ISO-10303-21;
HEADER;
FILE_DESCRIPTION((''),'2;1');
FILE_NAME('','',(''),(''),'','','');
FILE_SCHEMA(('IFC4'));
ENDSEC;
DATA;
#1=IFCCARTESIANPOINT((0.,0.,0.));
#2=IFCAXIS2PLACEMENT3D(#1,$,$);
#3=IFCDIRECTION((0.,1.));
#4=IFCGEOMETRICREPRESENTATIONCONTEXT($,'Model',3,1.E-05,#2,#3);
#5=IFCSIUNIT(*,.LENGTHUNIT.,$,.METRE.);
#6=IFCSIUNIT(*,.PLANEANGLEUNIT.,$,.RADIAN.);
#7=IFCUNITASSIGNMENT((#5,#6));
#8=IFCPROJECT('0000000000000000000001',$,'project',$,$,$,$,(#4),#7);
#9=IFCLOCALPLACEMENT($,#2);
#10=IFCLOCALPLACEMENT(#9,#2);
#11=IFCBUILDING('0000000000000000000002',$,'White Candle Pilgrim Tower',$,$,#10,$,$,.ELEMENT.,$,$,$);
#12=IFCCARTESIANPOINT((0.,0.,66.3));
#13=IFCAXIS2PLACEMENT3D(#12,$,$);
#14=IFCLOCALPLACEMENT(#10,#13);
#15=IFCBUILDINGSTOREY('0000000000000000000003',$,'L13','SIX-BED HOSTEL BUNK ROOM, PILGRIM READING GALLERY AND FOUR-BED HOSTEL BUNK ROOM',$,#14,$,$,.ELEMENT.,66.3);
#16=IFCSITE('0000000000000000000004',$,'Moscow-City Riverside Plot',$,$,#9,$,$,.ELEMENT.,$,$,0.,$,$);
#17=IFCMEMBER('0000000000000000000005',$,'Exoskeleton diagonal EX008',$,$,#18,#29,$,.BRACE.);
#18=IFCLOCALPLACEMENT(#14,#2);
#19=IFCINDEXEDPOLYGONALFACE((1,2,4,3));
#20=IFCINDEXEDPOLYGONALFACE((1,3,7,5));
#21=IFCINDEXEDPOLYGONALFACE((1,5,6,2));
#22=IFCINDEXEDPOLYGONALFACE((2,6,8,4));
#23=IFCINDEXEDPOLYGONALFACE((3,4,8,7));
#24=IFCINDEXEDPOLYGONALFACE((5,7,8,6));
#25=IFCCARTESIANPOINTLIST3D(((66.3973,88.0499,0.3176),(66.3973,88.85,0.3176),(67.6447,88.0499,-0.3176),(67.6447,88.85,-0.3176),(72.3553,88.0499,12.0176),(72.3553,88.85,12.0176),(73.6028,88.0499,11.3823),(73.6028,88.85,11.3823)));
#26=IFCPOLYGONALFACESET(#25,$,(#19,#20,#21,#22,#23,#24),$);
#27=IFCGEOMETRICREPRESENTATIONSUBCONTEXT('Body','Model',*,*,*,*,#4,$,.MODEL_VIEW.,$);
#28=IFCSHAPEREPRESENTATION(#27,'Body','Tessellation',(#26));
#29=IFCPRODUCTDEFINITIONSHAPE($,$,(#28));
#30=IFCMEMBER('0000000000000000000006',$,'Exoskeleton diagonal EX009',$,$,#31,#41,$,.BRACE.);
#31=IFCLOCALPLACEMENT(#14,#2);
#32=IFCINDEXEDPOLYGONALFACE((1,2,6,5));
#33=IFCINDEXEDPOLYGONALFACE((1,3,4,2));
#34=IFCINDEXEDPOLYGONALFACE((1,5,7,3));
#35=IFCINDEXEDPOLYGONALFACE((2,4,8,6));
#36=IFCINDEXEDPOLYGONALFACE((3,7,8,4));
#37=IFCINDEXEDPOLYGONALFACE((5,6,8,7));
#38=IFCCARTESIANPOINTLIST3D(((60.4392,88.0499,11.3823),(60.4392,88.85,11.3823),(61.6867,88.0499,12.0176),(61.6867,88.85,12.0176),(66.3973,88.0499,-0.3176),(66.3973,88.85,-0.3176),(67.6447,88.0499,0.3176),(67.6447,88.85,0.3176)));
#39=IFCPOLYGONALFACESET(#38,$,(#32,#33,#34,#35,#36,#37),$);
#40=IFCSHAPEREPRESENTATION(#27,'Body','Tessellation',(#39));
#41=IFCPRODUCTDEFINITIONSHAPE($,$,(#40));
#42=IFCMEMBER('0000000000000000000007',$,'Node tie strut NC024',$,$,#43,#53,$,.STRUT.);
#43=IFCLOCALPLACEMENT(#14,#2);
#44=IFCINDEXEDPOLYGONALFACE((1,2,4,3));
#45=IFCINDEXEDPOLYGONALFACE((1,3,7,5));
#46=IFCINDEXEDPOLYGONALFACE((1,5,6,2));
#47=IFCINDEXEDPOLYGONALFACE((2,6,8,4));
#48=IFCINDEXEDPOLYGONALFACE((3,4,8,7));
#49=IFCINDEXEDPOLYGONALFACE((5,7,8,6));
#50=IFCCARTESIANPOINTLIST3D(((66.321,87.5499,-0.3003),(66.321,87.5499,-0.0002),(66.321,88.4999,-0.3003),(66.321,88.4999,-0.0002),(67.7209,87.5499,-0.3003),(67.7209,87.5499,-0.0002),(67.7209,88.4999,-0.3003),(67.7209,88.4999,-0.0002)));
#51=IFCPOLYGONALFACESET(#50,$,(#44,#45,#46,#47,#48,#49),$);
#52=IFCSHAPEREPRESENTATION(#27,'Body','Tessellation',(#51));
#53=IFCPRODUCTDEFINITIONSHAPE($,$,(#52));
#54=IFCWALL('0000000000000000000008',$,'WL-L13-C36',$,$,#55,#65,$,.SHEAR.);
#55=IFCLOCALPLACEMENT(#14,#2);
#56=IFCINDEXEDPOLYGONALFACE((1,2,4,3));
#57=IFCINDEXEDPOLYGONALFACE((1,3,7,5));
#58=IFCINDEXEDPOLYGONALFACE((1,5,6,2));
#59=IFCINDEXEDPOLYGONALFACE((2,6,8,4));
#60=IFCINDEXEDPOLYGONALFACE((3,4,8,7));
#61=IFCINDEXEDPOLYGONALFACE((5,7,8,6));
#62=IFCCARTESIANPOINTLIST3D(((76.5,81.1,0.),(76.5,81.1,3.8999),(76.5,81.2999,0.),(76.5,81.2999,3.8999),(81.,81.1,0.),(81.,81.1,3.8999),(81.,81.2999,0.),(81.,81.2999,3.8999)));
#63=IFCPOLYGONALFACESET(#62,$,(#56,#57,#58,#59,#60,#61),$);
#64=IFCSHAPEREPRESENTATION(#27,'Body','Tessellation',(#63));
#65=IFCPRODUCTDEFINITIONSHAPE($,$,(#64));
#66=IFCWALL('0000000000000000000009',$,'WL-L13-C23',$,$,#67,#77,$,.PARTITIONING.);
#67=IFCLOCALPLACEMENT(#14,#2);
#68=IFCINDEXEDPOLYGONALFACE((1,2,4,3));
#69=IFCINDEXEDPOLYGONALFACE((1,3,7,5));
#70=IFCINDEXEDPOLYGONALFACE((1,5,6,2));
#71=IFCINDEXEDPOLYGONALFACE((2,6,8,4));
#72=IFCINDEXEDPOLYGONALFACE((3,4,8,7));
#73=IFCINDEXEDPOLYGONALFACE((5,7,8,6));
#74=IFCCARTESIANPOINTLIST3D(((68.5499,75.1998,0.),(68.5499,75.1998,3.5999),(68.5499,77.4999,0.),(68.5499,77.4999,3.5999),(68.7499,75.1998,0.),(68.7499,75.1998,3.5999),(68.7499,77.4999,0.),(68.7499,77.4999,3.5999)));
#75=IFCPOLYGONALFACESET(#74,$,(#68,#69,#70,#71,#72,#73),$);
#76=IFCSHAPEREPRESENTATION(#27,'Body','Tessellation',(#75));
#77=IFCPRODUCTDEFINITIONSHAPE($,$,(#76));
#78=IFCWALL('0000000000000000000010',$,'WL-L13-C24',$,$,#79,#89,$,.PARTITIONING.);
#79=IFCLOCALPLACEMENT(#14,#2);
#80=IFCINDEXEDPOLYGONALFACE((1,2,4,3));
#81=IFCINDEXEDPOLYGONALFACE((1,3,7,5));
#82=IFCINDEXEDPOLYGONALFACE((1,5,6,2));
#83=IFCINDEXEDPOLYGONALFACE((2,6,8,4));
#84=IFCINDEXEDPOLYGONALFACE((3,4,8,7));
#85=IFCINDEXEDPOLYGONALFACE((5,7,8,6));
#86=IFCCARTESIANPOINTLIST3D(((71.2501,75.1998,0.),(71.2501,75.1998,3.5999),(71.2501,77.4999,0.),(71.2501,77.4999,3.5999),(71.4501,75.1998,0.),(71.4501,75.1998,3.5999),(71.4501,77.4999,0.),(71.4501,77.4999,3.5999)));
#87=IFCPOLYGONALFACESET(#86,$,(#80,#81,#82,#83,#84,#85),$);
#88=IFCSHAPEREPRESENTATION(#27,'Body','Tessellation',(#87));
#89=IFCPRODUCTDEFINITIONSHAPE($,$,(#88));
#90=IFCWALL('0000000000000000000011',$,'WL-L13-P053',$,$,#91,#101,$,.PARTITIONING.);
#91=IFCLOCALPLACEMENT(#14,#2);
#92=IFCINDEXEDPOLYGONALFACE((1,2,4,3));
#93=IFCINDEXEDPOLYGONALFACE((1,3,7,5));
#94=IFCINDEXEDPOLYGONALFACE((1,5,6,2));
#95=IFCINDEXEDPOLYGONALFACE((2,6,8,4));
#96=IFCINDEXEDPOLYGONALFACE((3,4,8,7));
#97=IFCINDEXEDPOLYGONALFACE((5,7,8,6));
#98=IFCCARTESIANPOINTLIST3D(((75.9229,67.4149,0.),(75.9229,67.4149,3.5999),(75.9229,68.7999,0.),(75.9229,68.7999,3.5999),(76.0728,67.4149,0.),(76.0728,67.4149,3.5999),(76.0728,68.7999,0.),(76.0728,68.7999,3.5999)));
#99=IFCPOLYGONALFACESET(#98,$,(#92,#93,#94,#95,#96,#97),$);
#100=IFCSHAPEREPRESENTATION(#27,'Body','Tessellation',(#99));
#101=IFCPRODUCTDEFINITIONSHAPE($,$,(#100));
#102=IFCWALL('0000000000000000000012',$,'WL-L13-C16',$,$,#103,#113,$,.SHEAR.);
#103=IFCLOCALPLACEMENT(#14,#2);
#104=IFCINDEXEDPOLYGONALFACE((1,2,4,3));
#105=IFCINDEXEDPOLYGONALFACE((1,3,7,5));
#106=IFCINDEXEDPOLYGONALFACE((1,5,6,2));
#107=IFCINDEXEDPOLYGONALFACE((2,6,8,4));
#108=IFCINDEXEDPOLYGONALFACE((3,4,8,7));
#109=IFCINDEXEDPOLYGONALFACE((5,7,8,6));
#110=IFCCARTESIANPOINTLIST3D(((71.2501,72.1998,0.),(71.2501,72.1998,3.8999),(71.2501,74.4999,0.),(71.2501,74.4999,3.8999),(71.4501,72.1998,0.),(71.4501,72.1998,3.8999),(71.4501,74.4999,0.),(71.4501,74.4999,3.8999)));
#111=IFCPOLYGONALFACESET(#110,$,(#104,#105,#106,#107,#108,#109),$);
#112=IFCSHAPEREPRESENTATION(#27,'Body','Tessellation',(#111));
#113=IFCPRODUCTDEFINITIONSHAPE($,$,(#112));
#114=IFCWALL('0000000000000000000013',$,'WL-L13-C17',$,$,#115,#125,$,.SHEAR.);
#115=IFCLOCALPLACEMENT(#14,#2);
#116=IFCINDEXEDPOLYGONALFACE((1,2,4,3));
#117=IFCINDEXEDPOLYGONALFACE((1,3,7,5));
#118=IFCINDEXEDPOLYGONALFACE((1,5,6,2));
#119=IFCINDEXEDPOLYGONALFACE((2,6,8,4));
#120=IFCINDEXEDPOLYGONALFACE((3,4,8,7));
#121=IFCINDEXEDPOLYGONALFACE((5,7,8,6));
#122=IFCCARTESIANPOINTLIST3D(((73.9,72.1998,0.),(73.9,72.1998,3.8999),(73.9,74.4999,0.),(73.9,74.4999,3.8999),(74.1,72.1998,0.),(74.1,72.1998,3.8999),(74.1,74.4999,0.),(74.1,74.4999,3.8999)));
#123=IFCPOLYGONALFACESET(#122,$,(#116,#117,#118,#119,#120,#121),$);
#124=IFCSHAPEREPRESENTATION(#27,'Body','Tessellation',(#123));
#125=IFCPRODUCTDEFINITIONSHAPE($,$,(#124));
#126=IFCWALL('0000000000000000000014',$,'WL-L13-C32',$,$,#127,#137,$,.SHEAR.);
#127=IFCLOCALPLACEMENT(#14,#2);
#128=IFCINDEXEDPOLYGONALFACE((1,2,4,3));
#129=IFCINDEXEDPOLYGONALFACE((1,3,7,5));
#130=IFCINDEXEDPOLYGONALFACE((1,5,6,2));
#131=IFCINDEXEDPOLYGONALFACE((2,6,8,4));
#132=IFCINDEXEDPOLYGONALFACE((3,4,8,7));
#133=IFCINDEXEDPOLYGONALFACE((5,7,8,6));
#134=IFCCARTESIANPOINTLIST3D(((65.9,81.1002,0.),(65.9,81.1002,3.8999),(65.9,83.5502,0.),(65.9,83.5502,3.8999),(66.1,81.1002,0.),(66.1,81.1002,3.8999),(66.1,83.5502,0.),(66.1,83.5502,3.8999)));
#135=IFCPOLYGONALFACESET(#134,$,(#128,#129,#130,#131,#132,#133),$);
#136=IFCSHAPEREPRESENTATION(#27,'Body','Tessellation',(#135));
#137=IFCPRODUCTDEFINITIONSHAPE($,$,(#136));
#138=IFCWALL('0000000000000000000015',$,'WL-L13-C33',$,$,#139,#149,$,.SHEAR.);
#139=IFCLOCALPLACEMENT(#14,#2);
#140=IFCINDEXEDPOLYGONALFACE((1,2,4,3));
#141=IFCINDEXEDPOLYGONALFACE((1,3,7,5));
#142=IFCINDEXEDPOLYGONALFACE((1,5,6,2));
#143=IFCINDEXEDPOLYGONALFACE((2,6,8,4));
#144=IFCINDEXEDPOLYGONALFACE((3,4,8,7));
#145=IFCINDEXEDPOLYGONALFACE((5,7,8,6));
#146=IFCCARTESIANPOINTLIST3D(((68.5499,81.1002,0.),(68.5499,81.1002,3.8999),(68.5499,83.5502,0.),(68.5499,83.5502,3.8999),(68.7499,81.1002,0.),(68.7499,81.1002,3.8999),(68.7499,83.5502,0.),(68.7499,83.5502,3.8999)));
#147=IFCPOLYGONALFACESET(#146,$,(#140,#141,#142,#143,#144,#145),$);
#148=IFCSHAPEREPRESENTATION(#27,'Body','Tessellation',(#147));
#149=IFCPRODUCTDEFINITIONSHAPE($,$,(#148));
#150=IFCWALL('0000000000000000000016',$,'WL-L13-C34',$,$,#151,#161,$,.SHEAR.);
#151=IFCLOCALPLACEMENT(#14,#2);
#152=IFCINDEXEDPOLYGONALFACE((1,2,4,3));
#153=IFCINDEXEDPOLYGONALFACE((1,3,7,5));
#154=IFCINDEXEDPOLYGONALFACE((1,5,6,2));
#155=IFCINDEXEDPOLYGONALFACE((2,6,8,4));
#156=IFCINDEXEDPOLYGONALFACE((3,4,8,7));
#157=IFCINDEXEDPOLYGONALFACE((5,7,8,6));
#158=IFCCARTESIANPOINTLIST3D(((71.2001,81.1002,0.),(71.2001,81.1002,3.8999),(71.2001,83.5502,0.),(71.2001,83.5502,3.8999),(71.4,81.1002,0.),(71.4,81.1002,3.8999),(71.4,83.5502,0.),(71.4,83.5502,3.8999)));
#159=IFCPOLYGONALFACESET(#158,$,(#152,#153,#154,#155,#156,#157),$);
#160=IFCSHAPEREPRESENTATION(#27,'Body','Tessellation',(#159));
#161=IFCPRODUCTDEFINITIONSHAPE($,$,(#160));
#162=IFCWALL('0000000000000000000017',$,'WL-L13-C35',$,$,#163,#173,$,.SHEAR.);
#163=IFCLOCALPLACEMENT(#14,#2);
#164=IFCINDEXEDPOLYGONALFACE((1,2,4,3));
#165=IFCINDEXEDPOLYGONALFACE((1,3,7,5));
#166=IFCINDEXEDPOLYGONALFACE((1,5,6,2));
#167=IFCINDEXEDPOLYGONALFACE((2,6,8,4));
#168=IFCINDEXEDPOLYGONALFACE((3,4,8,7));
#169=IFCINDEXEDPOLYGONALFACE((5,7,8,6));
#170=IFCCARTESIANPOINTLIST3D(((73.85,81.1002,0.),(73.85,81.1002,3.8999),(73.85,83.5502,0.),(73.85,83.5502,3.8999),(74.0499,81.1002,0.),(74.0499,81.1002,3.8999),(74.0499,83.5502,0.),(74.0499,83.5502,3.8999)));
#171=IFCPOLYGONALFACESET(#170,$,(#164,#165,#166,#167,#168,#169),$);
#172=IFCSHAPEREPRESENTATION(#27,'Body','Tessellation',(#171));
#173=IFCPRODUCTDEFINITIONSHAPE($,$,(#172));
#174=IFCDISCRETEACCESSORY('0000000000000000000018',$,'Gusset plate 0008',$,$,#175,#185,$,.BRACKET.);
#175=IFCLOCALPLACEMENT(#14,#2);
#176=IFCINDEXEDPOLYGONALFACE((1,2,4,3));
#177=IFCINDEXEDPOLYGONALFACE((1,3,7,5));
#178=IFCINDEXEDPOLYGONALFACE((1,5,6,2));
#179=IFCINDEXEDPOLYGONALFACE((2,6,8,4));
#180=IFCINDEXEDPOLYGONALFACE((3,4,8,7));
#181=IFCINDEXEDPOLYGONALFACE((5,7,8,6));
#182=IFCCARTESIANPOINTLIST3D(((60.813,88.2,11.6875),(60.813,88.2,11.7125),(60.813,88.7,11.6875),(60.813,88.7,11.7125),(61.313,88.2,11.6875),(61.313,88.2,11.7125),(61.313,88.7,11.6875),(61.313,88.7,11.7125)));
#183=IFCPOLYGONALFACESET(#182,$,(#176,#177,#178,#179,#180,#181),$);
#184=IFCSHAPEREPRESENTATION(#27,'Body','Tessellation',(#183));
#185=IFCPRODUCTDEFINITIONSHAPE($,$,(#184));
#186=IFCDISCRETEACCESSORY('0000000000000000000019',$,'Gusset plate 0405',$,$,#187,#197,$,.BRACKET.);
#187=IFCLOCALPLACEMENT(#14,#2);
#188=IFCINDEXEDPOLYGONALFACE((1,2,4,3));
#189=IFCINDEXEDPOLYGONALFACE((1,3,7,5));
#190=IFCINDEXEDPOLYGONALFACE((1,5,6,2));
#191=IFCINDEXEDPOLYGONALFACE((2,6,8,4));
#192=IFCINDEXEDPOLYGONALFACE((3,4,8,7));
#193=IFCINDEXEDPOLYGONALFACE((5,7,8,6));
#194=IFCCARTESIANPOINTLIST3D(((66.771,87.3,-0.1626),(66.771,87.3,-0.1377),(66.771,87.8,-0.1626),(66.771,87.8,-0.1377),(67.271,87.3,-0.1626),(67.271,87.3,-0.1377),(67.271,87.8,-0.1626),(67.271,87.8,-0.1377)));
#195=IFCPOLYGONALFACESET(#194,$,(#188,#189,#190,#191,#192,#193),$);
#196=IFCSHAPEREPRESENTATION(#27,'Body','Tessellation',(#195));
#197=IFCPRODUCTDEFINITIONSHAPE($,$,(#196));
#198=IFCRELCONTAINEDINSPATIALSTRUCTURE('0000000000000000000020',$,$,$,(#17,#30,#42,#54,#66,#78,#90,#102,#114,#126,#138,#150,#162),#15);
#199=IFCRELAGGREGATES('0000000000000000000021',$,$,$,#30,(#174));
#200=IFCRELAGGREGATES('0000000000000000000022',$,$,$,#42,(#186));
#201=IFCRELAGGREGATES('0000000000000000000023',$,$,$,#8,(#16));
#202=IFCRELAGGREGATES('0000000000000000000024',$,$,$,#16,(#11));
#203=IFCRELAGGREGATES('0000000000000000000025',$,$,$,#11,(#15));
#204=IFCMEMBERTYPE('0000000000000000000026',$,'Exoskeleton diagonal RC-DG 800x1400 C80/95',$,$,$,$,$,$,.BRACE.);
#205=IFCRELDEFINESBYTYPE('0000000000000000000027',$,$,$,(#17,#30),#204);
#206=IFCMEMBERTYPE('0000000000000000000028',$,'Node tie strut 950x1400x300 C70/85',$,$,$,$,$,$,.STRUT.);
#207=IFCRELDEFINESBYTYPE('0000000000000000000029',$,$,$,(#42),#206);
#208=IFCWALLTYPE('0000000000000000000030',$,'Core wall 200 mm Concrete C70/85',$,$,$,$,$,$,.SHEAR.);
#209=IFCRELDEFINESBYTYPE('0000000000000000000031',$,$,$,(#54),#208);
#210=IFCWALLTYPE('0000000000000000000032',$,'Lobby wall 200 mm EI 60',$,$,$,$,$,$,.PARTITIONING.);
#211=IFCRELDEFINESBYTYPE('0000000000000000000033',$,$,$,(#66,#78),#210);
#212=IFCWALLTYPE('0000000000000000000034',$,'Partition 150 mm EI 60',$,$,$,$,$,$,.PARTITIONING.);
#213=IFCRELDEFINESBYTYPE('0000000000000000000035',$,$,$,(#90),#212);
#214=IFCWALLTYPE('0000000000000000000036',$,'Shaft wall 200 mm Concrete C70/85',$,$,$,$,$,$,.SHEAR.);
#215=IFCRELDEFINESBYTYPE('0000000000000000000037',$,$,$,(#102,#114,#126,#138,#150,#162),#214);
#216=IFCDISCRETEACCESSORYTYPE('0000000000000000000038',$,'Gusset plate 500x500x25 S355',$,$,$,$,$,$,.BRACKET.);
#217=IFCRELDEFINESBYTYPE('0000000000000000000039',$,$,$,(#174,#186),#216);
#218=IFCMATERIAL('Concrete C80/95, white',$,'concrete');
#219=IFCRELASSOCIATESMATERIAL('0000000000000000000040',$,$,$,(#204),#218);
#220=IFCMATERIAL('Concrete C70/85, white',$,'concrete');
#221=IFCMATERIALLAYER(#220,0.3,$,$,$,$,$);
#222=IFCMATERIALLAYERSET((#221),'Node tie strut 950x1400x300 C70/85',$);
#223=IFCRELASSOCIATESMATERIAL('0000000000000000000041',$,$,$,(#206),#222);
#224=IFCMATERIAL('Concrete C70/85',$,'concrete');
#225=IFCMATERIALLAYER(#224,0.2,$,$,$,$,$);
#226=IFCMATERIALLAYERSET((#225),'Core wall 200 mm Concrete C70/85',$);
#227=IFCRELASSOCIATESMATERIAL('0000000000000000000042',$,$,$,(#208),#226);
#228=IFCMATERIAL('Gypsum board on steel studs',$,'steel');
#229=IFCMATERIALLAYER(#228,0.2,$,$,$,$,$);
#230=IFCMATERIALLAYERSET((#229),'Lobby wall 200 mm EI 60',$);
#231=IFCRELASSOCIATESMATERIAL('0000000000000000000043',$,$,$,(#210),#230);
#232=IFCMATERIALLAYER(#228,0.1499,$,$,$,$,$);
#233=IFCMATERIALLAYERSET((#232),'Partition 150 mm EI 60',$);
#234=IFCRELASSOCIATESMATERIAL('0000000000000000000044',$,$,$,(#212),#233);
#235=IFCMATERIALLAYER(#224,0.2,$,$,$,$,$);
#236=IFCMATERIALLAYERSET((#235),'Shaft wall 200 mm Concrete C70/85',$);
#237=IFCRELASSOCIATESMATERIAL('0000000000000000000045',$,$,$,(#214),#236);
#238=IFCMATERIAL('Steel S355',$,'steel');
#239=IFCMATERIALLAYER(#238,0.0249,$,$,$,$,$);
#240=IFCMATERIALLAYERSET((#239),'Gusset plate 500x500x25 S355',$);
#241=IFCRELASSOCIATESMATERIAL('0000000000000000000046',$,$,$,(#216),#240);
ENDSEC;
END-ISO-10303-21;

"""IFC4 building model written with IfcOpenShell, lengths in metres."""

from ifc_helpers import new_model, si_unit, direction, frame, frame_2d, origin, origin_2d, place, context, subcontext, project, spatial, rectangle, extrude, material, layer, layer_set, material_profile, profile_set, type_object, element, aggregate, save


model = new_model("IFC4")

# Units and contexts
model_context = context("Model", 3, precision=1e-05, world=origin(), true_north=direction((0.0, 1.0)))
body_context = subcontext(model_context, "Body", "Model", "MODEL_VIEW")
ifc_project = project(units=[si_unit("LENGTHUNIT", "METRE"), si_unit("PLANEANGLEUNIT", "RADIAN")], contexts=[model_context])

# Site, building, storey
site_placement = place(None, origin())
site = spatial("IfcSite", under=ifc_project, at=site_placement, Name="Moscow-City Riverside Plot", CompositionType="ELEMENT", RefElevation=0.0)
building_placement = place(site_placement, origin())
building = spatial("IfcBuilding", under=site, at=building_placement, Name="White Candle Pilgrim Tower", CompositionType="ELEMENT")
storey_placement = place(building_placement, frame((0.0, 0.0, 66.3)))
storey = spatial("IfcBuildingStorey", under=building, at=storey_placement, Name="L13", Description="SIX-BED HOSTEL BUNK ROOM, PILGRIM READING GALLERY AND FOUR-BED HOSTEL BUNK ROOM", CompositionType="ELEMENT", Elevation=66.3)

# Members
ifc_material_1 = material(Name="Concrete C80/95, white", Category="concrete")
ifc_material_profile = material_profile(ifc_material_1, rectangle(XDim=0.8, YDim=1.3999, at=origin_2d()), Name="RC-DG 800x1400")
ifc_profile_set = profile_set([ifc_material_profile], Name="Concrete C80/95, white")
member_type_1 = type_object("IfcMemberType", Name="Exoskeleton diagonal RC-DG 800x1400 C80/95", PredefinedType="BRACE", material=ifc_profile_set)
member_1_placement = place(storey_placement, frame((67.021, 88.45, 0.0), z_axis=(0.453784, 0.0, 0.891112), x_axis=(0.0, 1.0, 0.0)))
element("IfcMember", 1, at=member_1_placement, inside=storey, type_object=member_type_1, Name="Exoskeleton diagonal EX008", PredefinedType="BRACE", context=body_context, shape_type="SweptSolid", body=[
    extrude(rectangle(XDim=0.8, YDim=1.3999, at=origin_2d()), origin(), (0.0, 0.0, 1.0), 13.1296),
])
member_2_placement = place(storey_placement, frame((67.021, 88.45, 0.0), z_axis=(-0.453784, 0.0, 0.891112), x_axis=(0.0, -1.0, 0.0)))
member_2 = element("IfcMember", 2, at=member_2_placement, inside=storey, type_object=member_type_1, Name="Exoskeleton diagonal EX009", PredefinedType="BRACE", context=body_context, shape_type="SweptSolid", body=[
    extrude(rectangle(XDim=0.8, YDim=1.3999, at=origin_2d()), origin(), (0.0, 0.0, 1.0), 13.1296),
])
ifc_material_2 = material(Name="Concrete C70/85, white", Category="concrete")
ifc_layer_1 = layer(ifc_material_2, 0.3)
ifc_layer_set_1 = layer_set([ifc_layer_1], Name="Node tie strut 950x1400x300 C70/85")
member_type_2 = type_object("IfcMemberType", Name="Node tie strut 950x1400x300 C70/85", PredefinedType="STRUT", material=ifc_layer_set_1)
member_3_placement = place(storey_placement, frame((67.021, 88.0249, -0.3003), z_axis=(0.0, 0.0, 1.0), x_axis=(-1.0, 0.0, 0.0)))
member_3 = element("IfcMember", 3, at=member_3_placement, inside=storey, type_object=member_type_2, Name="Node tie strut NC024", PredefinedType="STRUT", context=body_context, shape_type="SweptSolid", body=[
    extrude(rectangle(XDim=1.3999, YDim=0.95, at=origin_2d()), origin(), (0.0, 0.0, 1.0), 0.3),
])

# Walls
ifc_material_3 = material(Name="Concrete C70/85", Category="concrete")
ifc_layer_2 = layer(ifc_material_3, 0.2)
ifc_layer_set_2 = layer_set([ifc_layer_2], Name="Core wall 200 mm Concrete C70/85")
wall_type_1 = type_object("IfcWallType", Name="Core wall 200 mm Concrete C70/85", PredefinedType="SHEAR", material=ifc_layer_set_2)
wall_1_placement = place(storey_placement, frame((76.5, 81.2, 0.0), z_axis=(0.0, 0.0, 1.0), x_axis=(1.0, 0.0, 0.0)))
element("IfcWall", 4, at=wall_1_placement, inside=storey, type_object=wall_type_1, Name="WL-L13-C36", PredefinedType="SHEAR", context=body_context, shape_type="SweptSolid", body=[
    extrude(rectangle(XDim=4.5, YDim=0.2, at=frame_2d((2.25, 0.0))), origin(), (0.0, 0.0, 1.0), 3.8999),
])
ifc_material_4 = material(Name="Gypsum board on steel studs", Category="steel")
ifc_layer_3 = layer(ifc_material_4, 0.2)
ifc_layer_set_3 = layer_set([ifc_layer_3], Name="Lobby wall 200 mm EI 60")
wall_type_2 = type_object("IfcWallType", Name="Lobby wall 200 mm EI 60", PredefinedType="PARTITIONING", material=ifc_layer_set_3)
for number, where, z_axis, x_axis, name in (
    (5, (68.6499, 75.2, 0.0), (0.0, 0.0, 1.0), (0.0, 1.0, 0.0), "WL-L13-C23"),
    (6, (71.3501, 75.2, 0.0), (0.0, 0.0, 1.0), (0.0, 1.0, 0.0), "WL-L13-C24"),
):
    element("IfcWall", number, at=place(storey_placement, frame(where, z_axis=z_axis, x_axis=x_axis)), inside=storey, type_object=wall_type_2, Name=name, PredefinedType="PARTITIONING", context=body_context, shape_type="SweptSolid", body=[
        extrude(rectangle(XDim=2.3, YDim=0.2, at=frame_2d((1.1499, 0.0))), origin(), (0.0, 0.0, 1.0), 3.5999),
    ])
ifc_layer_4 = layer(ifc_material_4, 0.1499)
ifc_layer_set_4 = layer_set([ifc_layer_4], Name="Partition 150 mm EI 60")
wall_type_3 = type_object("IfcWallType", Name="Partition 150 mm EI 60", PredefinedType="PARTITIONING", material=ifc_layer_set_4)
wall_2_placement = place(storey_placement, frame((75.9978, 67.415, 0.0), z_axis=(0.0, 0.0, 1.0), x_axis=(0.0, 1.0, 0.0)))
element("IfcWall", 7, at=wall_2_placement, inside=storey, type_object=wall_type_3, Name="WL-L13-P053", PredefinedType="PARTITIONING", context=body_context, shape_type="SweptSolid", body=[
    extrude(rectangle(XDim=1.385, YDim=0.1499, at=frame_2d((0.6924, 0.0))), origin(), (0.0, 0.0, 1.0), 3.5999),
])
ifc_layer_5 = layer(ifc_material_3, 0.2)
ifc_layer_set_5 = layer_set([ifc_layer_5], Name="Shaft wall 200 mm Concrete C70/85")
wall_type_4 = type_object("IfcWallType", Name="Shaft wall 200 mm Concrete C70/85", PredefinedType="SHEAR", material=ifc_layer_set_5)
for number, where, z_axis, x_axis, name in (
    (8, (71.3501, 72.2, 0.0), (0.0, 0.0, 1.0), (0.0, 1.0, 0.0), "WL-L13-C16"),
    (9, (74.0, 72.2, 0.0), (0.0, 0.0, 1.0), (0.0, 1.0, 0.0), "WL-L13-C17"),
):
    element("IfcWall", number, at=place(storey_placement, frame(where, z_axis=z_axis, x_axis=x_axis)), inside=storey, type_object=wall_type_4, Name=name, PredefinedType="SHEAR", context=body_context, shape_type="SweptSolid", body=[
        extrude(rectangle(XDim=2.3, YDim=0.2, at=frame_2d((1.1499, 0.0))), origin(), (0.0, 0.0, 1.0), 3.8999),
    ])
for number, where, z_axis, x_axis, name in (
    (10, (66.0, 81.1001, 0.0), (0.0, 0.0, 1.0), (0.0, 1.0, 0.0), "WL-L13-C32"),
    (11, (68.6499, 81.1001, 0.0), (0.0, 0.0, 1.0), (0.0, 1.0, 0.0), "WL-L13-C33"),
    (12, (71.3, 81.1001, 0.0), (0.0, 0.0, 1.0), (0.0, 1.0, 0.0), "WL-L13-C34"),
    (13, (73.95, 81.1001, 0.0), (0.0, 0.0, 1.0), (0.0, 1.0, 0.0), "WL-L13-C35"),
):
    element("IfcWall", number, at=place(storey_placement, frame(where, z_axis=z_axis, x_axis=x_axis)), inside=storey, type_object=wall_type_4, Name=name, PredefinedType="SHEAR", context=body_context, shape_type="SweptSolid", body=[
        extrude(rectangle(XDim=2.45, YDim=0.2, at=frame_2d((1.2251, 0.0))), origin(), (0.0, 0.0, 1.0), 3.8999),
    ])

# Discrete accessories
ifc_material_5 = material(Name="Steel S355", Category="steel")
ifc_layer_6 = layer(ifc_material_5, 0.0249)
ifc_layer_set_6 = layer_set([ifc_layer_6], Name="Gusset plate 500x500x25 S355")
discrete_accessory_type = type_object("IfcDiscreteAccessoryType", Name="Gusset plate 500x500x25 S355", PredefinedType="BRACKET", material=ifc_layer_set_6)
placement = place(building_placement, frame((0.0, 0.0, 78.0)))
discrete_accessory_1_placement = place(placement, frame((61.063, 88.45, -0.0125), z_axis=(0.0, 0.0, 1.0), x_axis=(1.0, 0.0, 0.0)))
discrete_accessory_1 = element("IfcDiscreteAccessory", 14, at=discrete_accessory_1_placement, type_object=discrete_accessory_type, Name="Gusset plate 0008", PredefinedType="BRACKET", context=body_context, shape_type="SweptSolid", body=[
    extrude(rectangle(XDim=0.5, YDim=0.5, at=origin_2d()), origin(), (0.0, 0.0, 1.0), 0.0249),
])
aggregate(member_2, [discrete_accessory_1])
discrete_accessory_2_placement = place(storey_placement, frame((67.021, 87.55, -0.1626), z_axis=(0.0, 0.0, 1.0), x_axis=(1.0, 0.0, 0.0)))
discrete_accessory_2 = element("IfcDiscreteAccessory", 15, at=discrete_accessory_2_placement, type_object=discrete_accessory_type, Name="Gusset plate 0405", PredefinedType="BRACKET", context=body_context, shape_type="SweptSolid", body=[
    extrude(rectangle(XDim=0.5, YDim=0.5, at=origin_2d()), origin(), (0.0, 0.0, 1.0), 0.0249),
])
aggregate(member_3, [discrete_accessory_2])

save(model, "model.ifc")
